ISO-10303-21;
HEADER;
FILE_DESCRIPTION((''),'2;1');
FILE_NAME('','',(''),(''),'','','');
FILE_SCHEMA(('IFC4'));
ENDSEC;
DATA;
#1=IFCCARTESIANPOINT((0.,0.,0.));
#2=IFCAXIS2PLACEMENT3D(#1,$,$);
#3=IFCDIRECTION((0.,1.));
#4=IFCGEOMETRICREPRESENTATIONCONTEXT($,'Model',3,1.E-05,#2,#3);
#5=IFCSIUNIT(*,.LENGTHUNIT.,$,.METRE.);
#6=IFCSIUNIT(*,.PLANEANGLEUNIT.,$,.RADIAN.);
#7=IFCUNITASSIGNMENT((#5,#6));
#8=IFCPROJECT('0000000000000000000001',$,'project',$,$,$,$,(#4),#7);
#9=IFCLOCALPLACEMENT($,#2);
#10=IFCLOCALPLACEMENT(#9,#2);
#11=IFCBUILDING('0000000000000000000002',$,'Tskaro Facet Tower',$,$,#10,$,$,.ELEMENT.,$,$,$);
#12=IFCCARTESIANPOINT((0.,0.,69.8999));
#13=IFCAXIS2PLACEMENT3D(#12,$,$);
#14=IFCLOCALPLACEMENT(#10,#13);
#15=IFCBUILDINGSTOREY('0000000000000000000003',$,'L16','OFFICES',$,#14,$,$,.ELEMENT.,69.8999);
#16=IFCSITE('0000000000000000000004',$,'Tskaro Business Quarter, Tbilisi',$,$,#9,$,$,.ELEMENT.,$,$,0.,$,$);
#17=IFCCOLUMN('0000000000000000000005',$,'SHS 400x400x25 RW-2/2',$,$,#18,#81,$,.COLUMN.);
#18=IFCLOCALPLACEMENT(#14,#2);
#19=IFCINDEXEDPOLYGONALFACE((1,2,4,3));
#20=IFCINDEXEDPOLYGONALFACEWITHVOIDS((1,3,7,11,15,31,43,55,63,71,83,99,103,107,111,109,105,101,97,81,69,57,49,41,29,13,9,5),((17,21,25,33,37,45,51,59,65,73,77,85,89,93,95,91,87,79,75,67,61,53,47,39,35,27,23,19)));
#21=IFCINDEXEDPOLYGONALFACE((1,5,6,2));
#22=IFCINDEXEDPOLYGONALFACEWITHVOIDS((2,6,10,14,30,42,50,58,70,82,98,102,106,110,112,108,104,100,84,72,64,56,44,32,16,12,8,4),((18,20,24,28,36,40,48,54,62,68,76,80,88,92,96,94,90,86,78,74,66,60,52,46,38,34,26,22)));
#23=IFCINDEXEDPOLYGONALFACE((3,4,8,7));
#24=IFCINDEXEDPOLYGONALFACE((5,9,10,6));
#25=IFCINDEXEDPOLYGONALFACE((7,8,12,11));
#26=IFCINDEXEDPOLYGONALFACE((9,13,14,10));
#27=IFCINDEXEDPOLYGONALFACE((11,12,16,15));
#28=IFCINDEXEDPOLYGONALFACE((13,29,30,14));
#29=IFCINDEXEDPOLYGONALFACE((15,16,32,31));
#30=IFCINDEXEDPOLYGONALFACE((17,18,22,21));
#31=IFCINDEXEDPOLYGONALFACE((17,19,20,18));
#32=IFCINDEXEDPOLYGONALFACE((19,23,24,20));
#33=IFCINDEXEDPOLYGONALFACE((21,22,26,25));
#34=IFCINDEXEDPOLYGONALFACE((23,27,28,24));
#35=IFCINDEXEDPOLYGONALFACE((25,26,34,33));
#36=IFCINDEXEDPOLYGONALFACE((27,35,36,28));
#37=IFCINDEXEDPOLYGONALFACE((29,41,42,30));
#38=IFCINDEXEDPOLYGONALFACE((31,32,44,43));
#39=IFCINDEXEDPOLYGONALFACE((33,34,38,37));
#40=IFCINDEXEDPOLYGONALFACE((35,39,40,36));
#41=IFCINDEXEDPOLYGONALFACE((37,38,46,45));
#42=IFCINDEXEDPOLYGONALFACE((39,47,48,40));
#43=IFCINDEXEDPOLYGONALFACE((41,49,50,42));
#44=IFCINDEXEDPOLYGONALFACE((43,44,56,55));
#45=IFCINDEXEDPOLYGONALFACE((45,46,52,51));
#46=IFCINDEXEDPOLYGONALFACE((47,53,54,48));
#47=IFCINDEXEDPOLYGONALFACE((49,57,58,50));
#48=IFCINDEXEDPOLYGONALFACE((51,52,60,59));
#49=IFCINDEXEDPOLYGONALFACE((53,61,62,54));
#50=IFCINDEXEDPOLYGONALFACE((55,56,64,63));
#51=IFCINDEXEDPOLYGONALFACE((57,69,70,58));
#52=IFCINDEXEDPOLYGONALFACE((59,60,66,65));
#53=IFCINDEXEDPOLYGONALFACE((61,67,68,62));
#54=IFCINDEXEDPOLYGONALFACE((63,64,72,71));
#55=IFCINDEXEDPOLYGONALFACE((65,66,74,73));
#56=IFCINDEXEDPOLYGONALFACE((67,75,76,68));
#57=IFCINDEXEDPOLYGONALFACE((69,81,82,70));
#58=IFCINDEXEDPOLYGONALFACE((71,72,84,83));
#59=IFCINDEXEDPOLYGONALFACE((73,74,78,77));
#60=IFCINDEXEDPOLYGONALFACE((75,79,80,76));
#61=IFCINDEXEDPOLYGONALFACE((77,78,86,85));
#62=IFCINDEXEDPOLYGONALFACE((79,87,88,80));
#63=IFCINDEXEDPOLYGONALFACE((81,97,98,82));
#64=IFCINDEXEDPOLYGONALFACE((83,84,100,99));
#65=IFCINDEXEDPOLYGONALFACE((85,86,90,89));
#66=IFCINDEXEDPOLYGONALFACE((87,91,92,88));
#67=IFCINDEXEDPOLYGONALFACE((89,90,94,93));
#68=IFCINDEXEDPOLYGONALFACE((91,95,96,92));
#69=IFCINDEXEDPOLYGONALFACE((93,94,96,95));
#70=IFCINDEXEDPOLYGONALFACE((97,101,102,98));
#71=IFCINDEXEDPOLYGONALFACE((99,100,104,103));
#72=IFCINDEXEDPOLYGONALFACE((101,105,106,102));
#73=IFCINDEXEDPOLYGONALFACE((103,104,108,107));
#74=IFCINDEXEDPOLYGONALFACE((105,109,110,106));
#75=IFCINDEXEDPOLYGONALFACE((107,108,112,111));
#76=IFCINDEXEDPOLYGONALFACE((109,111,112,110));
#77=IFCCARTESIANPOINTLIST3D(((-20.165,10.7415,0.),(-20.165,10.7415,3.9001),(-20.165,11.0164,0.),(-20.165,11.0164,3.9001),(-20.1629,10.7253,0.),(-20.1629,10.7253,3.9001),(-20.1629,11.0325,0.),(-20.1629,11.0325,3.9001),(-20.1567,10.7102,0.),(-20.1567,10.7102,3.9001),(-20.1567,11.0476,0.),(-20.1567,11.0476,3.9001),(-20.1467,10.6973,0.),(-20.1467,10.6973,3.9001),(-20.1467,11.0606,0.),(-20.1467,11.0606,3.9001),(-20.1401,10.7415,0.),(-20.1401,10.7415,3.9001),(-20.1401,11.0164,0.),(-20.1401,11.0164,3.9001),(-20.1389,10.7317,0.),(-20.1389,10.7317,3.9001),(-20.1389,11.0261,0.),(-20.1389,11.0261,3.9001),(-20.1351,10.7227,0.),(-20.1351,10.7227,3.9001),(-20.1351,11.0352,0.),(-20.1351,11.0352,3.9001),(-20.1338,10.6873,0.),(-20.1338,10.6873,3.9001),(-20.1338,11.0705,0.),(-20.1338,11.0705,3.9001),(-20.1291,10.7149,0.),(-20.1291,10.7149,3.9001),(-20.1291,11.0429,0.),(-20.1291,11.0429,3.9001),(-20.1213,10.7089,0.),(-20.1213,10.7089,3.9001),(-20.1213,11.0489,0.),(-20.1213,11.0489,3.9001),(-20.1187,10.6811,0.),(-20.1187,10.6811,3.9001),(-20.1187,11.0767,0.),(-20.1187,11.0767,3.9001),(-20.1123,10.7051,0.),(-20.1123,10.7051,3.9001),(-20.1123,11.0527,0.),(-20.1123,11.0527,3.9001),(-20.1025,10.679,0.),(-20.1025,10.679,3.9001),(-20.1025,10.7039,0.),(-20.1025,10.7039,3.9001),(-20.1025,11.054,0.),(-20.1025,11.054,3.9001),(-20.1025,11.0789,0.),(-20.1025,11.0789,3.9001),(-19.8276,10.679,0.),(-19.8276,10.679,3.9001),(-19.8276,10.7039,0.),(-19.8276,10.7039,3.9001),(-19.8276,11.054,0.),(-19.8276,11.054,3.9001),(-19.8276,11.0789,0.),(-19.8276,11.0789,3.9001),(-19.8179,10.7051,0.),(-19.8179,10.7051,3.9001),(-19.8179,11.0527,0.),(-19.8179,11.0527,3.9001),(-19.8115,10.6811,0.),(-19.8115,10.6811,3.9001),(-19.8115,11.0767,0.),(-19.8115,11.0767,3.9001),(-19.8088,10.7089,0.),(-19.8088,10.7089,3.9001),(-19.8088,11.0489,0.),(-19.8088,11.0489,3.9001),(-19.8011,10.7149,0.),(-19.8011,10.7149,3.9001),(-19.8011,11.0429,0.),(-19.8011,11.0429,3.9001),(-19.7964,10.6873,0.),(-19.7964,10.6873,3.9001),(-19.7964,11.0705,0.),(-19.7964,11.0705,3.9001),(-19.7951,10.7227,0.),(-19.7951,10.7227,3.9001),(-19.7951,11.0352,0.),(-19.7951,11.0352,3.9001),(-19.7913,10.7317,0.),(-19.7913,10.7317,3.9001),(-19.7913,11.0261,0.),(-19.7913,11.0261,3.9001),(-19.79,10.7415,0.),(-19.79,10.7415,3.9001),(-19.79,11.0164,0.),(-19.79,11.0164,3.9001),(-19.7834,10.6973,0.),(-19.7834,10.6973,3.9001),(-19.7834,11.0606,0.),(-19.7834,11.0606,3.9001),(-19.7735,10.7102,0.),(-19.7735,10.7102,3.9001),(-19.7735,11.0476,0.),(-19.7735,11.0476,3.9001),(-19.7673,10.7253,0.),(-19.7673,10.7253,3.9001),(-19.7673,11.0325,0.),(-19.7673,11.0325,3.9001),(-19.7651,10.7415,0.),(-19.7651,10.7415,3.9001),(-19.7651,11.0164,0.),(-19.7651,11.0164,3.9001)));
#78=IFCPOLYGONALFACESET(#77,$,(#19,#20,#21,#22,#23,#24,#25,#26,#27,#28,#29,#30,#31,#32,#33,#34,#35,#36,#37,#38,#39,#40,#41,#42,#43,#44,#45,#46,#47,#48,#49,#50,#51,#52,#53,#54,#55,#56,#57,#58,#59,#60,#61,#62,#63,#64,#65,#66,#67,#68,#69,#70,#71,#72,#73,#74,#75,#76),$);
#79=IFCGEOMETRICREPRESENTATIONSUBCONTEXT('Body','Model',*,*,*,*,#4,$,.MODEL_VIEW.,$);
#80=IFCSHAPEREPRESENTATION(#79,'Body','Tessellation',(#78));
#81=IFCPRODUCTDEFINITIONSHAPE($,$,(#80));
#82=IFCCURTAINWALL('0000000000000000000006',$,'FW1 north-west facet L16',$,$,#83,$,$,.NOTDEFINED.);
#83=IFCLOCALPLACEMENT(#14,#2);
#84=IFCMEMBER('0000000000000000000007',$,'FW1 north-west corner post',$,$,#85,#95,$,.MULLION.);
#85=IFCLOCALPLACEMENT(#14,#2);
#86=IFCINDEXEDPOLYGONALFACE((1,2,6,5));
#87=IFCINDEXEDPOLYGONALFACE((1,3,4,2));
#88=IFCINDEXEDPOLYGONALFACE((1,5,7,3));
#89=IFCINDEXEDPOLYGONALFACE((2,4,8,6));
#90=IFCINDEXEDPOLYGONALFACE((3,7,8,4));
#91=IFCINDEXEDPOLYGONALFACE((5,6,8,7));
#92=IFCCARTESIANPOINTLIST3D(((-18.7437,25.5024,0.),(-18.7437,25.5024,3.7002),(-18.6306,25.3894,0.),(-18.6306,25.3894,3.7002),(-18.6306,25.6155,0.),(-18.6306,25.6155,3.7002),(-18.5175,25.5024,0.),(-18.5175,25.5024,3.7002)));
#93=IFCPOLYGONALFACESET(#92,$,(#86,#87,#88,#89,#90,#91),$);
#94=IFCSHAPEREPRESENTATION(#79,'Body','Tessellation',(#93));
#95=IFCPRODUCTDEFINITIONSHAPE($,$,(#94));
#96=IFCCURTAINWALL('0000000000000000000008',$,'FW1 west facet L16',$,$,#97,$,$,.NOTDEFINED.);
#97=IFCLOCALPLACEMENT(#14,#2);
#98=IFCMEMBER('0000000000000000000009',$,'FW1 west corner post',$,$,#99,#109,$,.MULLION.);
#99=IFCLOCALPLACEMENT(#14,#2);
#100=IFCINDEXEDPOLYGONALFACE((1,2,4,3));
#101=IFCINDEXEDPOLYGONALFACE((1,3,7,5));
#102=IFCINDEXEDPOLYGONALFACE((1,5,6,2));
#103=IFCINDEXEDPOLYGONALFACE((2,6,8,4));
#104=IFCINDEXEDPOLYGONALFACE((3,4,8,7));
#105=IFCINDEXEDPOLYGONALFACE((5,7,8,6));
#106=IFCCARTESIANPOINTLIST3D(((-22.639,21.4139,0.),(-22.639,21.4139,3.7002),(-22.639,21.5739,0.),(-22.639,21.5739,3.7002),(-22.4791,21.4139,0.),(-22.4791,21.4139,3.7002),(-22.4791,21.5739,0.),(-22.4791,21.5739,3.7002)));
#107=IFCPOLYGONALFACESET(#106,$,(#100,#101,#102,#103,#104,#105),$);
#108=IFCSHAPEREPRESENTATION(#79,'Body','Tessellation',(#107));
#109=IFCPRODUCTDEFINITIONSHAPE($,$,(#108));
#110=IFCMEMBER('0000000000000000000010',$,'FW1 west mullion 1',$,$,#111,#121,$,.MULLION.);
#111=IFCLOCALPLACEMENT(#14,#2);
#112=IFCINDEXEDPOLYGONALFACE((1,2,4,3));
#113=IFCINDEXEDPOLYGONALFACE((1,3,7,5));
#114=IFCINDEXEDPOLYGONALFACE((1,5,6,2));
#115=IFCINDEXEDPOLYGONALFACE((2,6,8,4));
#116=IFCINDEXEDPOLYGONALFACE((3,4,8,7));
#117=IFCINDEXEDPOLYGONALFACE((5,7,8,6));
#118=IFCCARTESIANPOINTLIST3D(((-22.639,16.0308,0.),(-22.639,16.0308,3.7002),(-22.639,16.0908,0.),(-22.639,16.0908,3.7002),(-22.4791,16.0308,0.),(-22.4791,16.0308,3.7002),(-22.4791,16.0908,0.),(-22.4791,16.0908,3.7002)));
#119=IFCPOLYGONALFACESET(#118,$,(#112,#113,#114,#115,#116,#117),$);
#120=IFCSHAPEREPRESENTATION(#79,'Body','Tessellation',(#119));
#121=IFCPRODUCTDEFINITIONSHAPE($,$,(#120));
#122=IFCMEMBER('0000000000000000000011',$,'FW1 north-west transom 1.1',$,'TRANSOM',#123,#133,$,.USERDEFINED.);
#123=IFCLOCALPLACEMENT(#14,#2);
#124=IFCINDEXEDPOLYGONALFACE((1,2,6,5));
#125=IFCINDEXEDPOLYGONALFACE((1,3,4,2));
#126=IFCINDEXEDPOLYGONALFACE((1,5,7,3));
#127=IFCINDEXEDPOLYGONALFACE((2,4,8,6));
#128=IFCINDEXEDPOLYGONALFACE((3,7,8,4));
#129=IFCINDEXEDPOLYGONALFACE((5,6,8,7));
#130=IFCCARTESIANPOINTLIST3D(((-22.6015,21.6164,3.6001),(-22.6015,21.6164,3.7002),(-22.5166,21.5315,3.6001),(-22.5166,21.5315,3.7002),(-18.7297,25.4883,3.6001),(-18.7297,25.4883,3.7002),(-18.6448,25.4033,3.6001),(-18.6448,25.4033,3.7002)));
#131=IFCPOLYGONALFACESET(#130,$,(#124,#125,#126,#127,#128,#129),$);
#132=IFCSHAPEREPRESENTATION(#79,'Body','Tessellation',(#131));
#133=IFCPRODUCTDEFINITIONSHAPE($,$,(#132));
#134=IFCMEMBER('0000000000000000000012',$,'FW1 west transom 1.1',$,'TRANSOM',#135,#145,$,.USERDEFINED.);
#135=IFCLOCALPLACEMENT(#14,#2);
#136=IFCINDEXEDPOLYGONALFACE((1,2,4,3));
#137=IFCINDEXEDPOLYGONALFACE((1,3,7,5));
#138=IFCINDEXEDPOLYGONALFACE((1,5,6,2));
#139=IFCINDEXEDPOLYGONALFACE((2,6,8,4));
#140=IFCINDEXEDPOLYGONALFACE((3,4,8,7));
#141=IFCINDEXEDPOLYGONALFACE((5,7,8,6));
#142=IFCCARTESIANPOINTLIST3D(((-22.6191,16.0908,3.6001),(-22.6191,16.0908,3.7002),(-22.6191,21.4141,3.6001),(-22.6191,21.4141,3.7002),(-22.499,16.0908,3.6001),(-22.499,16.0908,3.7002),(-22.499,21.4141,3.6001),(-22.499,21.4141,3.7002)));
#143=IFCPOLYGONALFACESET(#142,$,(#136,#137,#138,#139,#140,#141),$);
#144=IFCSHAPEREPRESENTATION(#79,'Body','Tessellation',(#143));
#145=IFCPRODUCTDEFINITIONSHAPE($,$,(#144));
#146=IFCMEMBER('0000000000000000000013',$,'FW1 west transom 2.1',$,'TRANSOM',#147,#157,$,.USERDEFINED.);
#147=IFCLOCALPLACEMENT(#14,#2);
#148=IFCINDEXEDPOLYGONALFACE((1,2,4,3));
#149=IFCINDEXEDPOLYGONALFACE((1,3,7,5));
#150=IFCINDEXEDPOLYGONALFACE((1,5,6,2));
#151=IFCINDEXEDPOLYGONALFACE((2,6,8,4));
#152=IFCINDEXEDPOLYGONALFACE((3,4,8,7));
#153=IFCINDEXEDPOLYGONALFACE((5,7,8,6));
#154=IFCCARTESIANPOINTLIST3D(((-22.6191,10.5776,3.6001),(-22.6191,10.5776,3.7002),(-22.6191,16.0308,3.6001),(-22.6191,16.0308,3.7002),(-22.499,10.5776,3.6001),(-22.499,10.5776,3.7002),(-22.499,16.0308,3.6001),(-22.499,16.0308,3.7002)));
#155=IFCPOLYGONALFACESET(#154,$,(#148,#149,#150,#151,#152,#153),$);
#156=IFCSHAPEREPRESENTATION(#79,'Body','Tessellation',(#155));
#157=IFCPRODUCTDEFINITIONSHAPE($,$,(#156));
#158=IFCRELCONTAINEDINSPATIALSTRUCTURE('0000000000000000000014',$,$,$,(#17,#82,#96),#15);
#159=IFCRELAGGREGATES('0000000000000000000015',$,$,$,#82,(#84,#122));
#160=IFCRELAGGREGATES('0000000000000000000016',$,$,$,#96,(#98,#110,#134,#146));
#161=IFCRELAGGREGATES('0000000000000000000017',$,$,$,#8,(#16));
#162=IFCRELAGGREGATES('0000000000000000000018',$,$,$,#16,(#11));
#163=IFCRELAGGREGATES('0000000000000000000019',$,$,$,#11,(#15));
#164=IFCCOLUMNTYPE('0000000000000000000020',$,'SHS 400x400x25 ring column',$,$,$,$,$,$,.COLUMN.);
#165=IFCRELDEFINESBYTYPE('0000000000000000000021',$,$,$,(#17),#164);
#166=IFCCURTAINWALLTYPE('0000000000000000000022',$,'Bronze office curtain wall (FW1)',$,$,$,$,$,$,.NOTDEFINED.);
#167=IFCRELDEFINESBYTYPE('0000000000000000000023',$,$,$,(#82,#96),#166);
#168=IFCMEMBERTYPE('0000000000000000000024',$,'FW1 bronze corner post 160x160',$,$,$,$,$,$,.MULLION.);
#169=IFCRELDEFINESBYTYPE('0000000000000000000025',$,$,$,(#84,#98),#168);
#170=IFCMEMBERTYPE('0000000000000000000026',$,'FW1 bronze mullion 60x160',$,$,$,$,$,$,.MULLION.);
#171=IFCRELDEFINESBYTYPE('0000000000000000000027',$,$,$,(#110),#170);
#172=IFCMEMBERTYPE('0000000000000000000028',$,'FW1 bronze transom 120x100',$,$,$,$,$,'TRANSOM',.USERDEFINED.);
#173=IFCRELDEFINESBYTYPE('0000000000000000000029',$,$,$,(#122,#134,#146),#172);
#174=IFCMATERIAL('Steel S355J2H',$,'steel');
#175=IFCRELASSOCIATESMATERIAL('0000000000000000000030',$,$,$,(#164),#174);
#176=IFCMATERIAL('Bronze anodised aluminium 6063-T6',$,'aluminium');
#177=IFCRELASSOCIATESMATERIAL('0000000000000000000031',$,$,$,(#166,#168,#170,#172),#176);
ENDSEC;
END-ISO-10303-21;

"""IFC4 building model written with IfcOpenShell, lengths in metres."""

from ifc_helpers import new_model, si_unit, direction, frame, origin, origin_2d, place, context, subcontext, project, spatial, rectangle, hollow_rectangle, extrude, material, material_profile, profile_set, type_object, element, aggregate, save


model = new_model("IFC4")

# Units and contexts
model_context = context("Model", 3, precision=1e-05, world=origin(), true_north=direction((0.0, 1.0)))
body_context = subcontext(model_context, "Body", "Model", "MODEL_VIEW")
ifc_project = project(units=[si_unit("LENGTHUNIT", "METRE"), si_unit("PLANEANGLEUNIT", "RADIAN")], contexts=[model_context])

# Site, building, storey
site_placement = place(None, origin())
site = spatial("IfcSite", under=ifc_project, at=site_placement, Name="Tskaro Business Quarter, Tbilisi", CompositionType="ELEMENT", RefElevation=0.0)
building_placement = place(site_placement, origin())
building = spatial("IfcBuilding", under=site, at=building_placement, Name="Tskaro Facet Tower", CompositionType="ELEMENT")
storey_placement = place(building_placement, frame((0.0, 0.0, 69.8999)))
storey = spatial("IfcBuildingStorey", under=building, at=storey_placement, Name="L16", Description="OFFICES", CompositionType="ELEMENT", Elevation=69.8999)

# Column
ifc_material_1 = material(Name="Steel S355J2H", Category="steel")
ifc_material_profile_1 = material_profile(ifc_material_1, hollow_rectangle(XDim=0.3999, YDim=0.3999, WallThickness=0.0249, InnerFilletRadius=0.0376, OuterFilletRadius=0.0625, at=origin_2d()), Name="SHS 400x400x25")
ifc_profile_set_1 = profile_set([ifc_material_profile_1], Name="Steel S355J2H")
column_type_1 = type_object("IfcColumnType", Name="SHS 400x400x25 ring column", PredefinedType="COLUMN", material=ifc_profile_set_1)
for number, where, z_axis, x_axis, name in (
    (1, (-19.9651, 10.8789, 0.0), (0.0, 0.0, 1.0), (1.0, 0.0, 0.0), "SHS 400x400x25 RW-2/2"),
):
    element("IfcColumn", number, at=place(storey_placement, frame(where, z_axis=z_axis, x_axis=x_axis)), inside=storey, type_object=column_type_1, Name=name, PredefinedType="COLUMN", context=body_context, shape_type="SweptSolid", body=[
        extrude(hollow_rectangle(XDim=0.3999, YDim=0.3999, WallThickness=0.0249, InnerFilletRadius=0.0376, OuterFilletRadius=0.0625, at=origin_2d()), origin(), (0.0, 0.0, 1.0), 3.9001),
    ])

# Curtain wall, member
ifc_material_2 = material(Name="Bronze anodised aluminium 6063-T6", Category="aluminium")
curtain_wall_type = type_object("IfcCurtainWallType", Name="Bronze office curtain wall (FW1)", PredefinedType="NOTDEFINED", material=ifc_material_2)
curtain_wall_1_placement = place(storey_placement, origin())
curtain_wall_1 = element("IfcCurtainWall", 2, at=curtain_wall_1_placement, inside=storey, type_object=curtain_wall_type, Name="FW1 north-west facet L16", PredefinedType="NOTDEFINED")
ifc_material_profile_2 = material_profile(ifc_material_2, rectangle(XDim=0.1599, YDim=0.1599, at=origin_2d()), Name="Corner post 160x160")
ifc_profile_set_2 = profile_set([ifc_material_profile_2], Name="Bronze anodised aluminium 6063-T6")
member_type_1 = type_object("IfcMemberType", Name="FW1 bronze corner post 160x160", PredefinedType="MULLION", material=ifc_profile_set_2)
member_1_placement = place(storey_placement, frame((-18.6306, 25.5024, 0.0), z_axis=(0.0, 0.0, 1.0), x_axis=(-0.707107, -0.707107, 0.0)))
member_1 = element("IfcMember", 3, at=member_1_placement, type_object=member_type_1, Name="FW1 north-west corner post", PredefinedType="MULLION", context=body_context, shape_type="SweptSolid", body=[
    extrude(rectangle(XDim=0.1599, YDim=0.1599, at=origin_2d()), origin(), (0.0, 0.0, 1.0), 3.7002),
])

# Curtain wall, members
curtain_wall_2_placement = place(storey_placement, origin())
curtain_wall_2 = element("IfcCurtainWall", 4, at=curtain_wall_2_placement, inside=storey, type_object=curtain_wall_type, Name="FW1 west facet L16", PredefinedType="NOTDEFINED")
member_2_placement = place(storey_placement, frame((-22.5591, 21.4939, 0.0), z_axis=(0.0, 0.0, 1.0), x_axis=(0.0, -1.0, 0.0)))
member_2 = element("IfcMember", 5, at=member_2_placement, type_object=member_type_1, Name="FW1 west corner post", PredefinedType="MULLION", context=body_context, shape_type="SweptSolid", body=[
    extrude(rectangle(XDim=0.1599, YDim=0.1599, at=origin_2d()), origin(), (0.0, 0.0, 1.0), 3.7002),
])
ifc_material_profile_3 = material_profile(ifc_material_2, rectangle(XDim=0.0601, YDim=0.1599, at=origin_2d()), Name="Mullion 60x160")
ifc_profile_set_3 = profile_set([ifc_material_profile_3], Name="Bronze anodised aluminium 6063-T6")
member_type_2 = type_object("IfcMemberType", Name="FW1 bronze mullion 60x160", PredefinedType="MULLION", material=ifc_profile_set_3)
member_3_placement = place(storey_placement, frame((-22.5591, 16.0608, 0.0), z_axis=(0.0, 0.0, 1.0), x_axis=(0.0, -1.0, 0.0)))
member_3 = element("IfcMember", 6, at=member_3_placement, type_object=member_type_2, Name="FW1 west mullion 1", PredefinedType="MULLION", context=body_context, shape_type="SweptSolid", body=[
    extrude(rectangle(XDim=0.0601, YDim=0.1599, at=origin_2d()), origin(), (0.0, 0.0, 1.0), 3.7002),
])

# Members
ifc_material_profile_4 = material_profile(ifc_material_2, rectangle(XDim=0.1201, YDim=0.1001, at=origin_2d()), Name="Transom 120x100")
ifc_profile_set_4 = profile_set([ifc_material_profile_4], Name="Bronze anodised aluminium 6063-T6")
member_type_3 = type_object("IfcMemberType", Name="FW1 bronze transom 120x100", ElementType="TRANSOM", PredefinedType="USERDEFINED", material=ifc_profile_set_4)
member_4_placement = place(storey_placement, frame((-18.6873, 25.4458, 3.6501), z_axis=(-0.707107, -0.707107, 0.0), x_axis=(0.707107, -0.707107, 0.0)))
member_4 = element("IfcMember", 7, at=member_4_placement, type_object=member_type_3, Name="FW1 north-west transom 1.1", ObjectType="TRANSOM", PredefinedType="USERDEFINED", context=body_context, shape_type="SweptSolid", body=[
    extrude(rectangle(XDim=0.1201, YDim=0.1001, at=origin_2d()), origin(), (0.0, 0.0, 1.0), 5.4756),
])
member_5_placement = place(storey_placement, frame((-22.5591, 21.4141, 3.6501), z_axis=(0.0, -1.0, 0.0), x_axis=(1.0, 0.0, 0.0)))
member_5 = element("IfcMember", 8, at=member_5_placement, type_object=member_type_3, Name="FW1 west transom 1.1", ObjectType="TRANSOM", PredefinedType="USERDEFINED", context=body_context, shape_type="SweptSolid", body=[
    extrude(rectangle(XDim=0.1201, YDim=0.1001, at=origin_2d()), origin(), (0.0, 0.0, 1.0), 5.3232),
])
member_6_placement = place(storey_placement, frame((-22.5591, 16.0308, 3.6501), z_axis=(0.0, -1.0, 0.0), x_axis=(1.0, 0.0, 0.0)))
member_6 = element("IfcMember", 9, at=member_6_placement, type_object=member_type_3, Name="FW1 west transom 2.1", ObjectType="TRANSOM", PredefinedType="USERDEFINED", context=body_context, shape_type="SweptSolid", body=[
    extrude(rectangle(XDim=0.1201, YDim=0.1001, at=origin_2d()), origin(), (0.0, 0.0, 1.0), 5.4531),
])

aggregate(curtain_wall_1, [member_1, member_4])
aggregate(curtain_wall_2, [member_2, member_3, member_5, member_6])

save(model, "model.ifc")
